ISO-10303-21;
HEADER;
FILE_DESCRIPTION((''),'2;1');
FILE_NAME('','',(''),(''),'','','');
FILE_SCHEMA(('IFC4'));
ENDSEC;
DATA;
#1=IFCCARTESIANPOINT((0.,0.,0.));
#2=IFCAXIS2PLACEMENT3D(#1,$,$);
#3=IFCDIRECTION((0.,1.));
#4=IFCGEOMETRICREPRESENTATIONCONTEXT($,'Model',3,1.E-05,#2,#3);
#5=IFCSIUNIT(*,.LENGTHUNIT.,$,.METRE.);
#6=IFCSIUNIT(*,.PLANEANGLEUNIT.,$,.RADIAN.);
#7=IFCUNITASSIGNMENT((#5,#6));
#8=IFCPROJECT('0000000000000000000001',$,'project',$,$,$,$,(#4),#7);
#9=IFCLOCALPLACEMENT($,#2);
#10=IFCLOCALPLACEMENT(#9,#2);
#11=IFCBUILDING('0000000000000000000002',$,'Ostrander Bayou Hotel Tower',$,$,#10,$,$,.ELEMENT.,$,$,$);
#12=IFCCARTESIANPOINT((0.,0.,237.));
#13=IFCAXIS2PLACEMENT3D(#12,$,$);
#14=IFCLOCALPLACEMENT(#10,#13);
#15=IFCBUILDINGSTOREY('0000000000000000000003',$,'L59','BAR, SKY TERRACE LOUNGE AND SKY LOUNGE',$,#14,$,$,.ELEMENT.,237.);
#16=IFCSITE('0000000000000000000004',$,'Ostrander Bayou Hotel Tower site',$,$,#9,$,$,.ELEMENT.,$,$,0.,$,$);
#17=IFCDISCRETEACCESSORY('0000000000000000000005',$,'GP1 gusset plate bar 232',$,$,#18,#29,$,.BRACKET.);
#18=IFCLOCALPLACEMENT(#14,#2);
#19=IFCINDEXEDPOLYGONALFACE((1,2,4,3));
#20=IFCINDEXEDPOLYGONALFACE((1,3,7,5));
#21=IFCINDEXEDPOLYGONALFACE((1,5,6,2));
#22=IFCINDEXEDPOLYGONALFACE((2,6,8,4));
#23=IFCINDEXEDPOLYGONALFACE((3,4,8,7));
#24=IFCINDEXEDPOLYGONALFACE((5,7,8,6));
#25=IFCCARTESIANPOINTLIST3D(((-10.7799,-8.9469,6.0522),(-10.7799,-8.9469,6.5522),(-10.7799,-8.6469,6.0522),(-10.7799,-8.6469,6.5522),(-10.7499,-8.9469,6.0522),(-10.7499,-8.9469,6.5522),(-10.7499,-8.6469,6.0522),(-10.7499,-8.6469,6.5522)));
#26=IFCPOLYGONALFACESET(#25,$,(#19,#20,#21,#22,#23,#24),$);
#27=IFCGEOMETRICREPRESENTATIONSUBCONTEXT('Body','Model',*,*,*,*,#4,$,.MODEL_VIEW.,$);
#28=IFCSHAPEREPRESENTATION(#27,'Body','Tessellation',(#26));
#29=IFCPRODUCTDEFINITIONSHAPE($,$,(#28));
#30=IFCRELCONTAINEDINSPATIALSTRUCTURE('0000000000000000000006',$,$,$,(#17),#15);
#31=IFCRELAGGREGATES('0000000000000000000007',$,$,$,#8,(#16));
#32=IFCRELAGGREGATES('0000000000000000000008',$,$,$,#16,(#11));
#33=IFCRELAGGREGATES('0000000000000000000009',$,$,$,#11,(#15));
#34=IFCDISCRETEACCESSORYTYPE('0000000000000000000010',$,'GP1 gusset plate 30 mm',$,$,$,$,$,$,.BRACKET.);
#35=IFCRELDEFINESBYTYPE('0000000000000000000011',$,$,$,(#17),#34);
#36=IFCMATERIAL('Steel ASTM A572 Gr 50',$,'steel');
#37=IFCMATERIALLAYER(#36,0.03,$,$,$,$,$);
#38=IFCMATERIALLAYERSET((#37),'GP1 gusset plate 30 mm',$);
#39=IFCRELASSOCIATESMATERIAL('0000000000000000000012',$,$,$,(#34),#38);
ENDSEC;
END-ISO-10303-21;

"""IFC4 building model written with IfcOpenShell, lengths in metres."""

from ifc_helpers import new_model, si_unit, direction, frame, origin, origin_2d, place, context, subcontext, project, spatial, rectangle, extrude, material, layer, layer_set, type_object, element, save


model = new_model("IFC4")

# Units and contexts
model_context = context("Model", 3, precision=1e-05, world=origin(), true_north=direction((0.0, 1.0)))
body_context = subcontext(model_context, "Body", "Model", "MODEL_VIEW")
ifc_project = project(units=[si_unit("LENGTHUNIT", "METRE"), si_unit("PLANEANGLEUNIT", "RADIAN")], contexts=[model_context])

# Site, building, storey
site_placement = place(None, origin())
site = spatial("IfcSite", under=ifc_project, at=site_placement, Name="Ostrander Bayou Hotel Tower site", CompositionType="ELEMENT", RefElevation=0.0)
building_placement = place(site_placement, origin())
building = spatial("IfcBuilding", under=site, at=building_placement, Name="Ostrander Bayou Hotel Tower", CompositionType="ELEMENT")
storey_placement = place(building_placement, frame((0.0, 0.0, 237.0)))
storey = spatial("IfcBuildingStorey", under=building, at=storey_placement, Name="L59", Description="BAR, SKY TERRACE LOUNGE AND SKY LOUNGE", CompositionType="ELEMENT", Elevation=237.0)

# Discrete accessory
ifc_material_1 = material(Name="Steel ASTM A572 Gr 50", Category="steel")
ifc_layer_1 = layer(ifc_material_1, 0.03)
ifc_layer_set_1 = layer_set([ifc_layer_1], Name="GP1 gusset plate 30 mm")
discrete_accessory_type = type_object("IfcDiscreteAccessoryType", Name="GP1 gusset plate 30 mm", PredefinedType="BRACKET", material=ifc_layer_set_1)
for number, where, z_axis, x_axis, name in (
    (1, (-10.7649, -8.7969, 6.0522), (0.0, 0.0, 1.0), (0.0, 1.0, 0.0), "GP1 gusset plate bar 232"),
):
    element("IfcDiscreteAccessory", number, at=place(storey_placement, frame(where, z_axis=z_axis, x_axis=x_axis)), inside=storey, type_object=discrete_accessory_type, Name=name, PredefinedType="BRACKET", context=body_context, shape_type="SweptSolid", body=[
        extrude(rectangle(XDim=0.3, YDim=0.03, at=origin_2d()), origin(), (0.0, 0.0, 1.0), 0.5),
    ])

save(model, "model.ifc")
